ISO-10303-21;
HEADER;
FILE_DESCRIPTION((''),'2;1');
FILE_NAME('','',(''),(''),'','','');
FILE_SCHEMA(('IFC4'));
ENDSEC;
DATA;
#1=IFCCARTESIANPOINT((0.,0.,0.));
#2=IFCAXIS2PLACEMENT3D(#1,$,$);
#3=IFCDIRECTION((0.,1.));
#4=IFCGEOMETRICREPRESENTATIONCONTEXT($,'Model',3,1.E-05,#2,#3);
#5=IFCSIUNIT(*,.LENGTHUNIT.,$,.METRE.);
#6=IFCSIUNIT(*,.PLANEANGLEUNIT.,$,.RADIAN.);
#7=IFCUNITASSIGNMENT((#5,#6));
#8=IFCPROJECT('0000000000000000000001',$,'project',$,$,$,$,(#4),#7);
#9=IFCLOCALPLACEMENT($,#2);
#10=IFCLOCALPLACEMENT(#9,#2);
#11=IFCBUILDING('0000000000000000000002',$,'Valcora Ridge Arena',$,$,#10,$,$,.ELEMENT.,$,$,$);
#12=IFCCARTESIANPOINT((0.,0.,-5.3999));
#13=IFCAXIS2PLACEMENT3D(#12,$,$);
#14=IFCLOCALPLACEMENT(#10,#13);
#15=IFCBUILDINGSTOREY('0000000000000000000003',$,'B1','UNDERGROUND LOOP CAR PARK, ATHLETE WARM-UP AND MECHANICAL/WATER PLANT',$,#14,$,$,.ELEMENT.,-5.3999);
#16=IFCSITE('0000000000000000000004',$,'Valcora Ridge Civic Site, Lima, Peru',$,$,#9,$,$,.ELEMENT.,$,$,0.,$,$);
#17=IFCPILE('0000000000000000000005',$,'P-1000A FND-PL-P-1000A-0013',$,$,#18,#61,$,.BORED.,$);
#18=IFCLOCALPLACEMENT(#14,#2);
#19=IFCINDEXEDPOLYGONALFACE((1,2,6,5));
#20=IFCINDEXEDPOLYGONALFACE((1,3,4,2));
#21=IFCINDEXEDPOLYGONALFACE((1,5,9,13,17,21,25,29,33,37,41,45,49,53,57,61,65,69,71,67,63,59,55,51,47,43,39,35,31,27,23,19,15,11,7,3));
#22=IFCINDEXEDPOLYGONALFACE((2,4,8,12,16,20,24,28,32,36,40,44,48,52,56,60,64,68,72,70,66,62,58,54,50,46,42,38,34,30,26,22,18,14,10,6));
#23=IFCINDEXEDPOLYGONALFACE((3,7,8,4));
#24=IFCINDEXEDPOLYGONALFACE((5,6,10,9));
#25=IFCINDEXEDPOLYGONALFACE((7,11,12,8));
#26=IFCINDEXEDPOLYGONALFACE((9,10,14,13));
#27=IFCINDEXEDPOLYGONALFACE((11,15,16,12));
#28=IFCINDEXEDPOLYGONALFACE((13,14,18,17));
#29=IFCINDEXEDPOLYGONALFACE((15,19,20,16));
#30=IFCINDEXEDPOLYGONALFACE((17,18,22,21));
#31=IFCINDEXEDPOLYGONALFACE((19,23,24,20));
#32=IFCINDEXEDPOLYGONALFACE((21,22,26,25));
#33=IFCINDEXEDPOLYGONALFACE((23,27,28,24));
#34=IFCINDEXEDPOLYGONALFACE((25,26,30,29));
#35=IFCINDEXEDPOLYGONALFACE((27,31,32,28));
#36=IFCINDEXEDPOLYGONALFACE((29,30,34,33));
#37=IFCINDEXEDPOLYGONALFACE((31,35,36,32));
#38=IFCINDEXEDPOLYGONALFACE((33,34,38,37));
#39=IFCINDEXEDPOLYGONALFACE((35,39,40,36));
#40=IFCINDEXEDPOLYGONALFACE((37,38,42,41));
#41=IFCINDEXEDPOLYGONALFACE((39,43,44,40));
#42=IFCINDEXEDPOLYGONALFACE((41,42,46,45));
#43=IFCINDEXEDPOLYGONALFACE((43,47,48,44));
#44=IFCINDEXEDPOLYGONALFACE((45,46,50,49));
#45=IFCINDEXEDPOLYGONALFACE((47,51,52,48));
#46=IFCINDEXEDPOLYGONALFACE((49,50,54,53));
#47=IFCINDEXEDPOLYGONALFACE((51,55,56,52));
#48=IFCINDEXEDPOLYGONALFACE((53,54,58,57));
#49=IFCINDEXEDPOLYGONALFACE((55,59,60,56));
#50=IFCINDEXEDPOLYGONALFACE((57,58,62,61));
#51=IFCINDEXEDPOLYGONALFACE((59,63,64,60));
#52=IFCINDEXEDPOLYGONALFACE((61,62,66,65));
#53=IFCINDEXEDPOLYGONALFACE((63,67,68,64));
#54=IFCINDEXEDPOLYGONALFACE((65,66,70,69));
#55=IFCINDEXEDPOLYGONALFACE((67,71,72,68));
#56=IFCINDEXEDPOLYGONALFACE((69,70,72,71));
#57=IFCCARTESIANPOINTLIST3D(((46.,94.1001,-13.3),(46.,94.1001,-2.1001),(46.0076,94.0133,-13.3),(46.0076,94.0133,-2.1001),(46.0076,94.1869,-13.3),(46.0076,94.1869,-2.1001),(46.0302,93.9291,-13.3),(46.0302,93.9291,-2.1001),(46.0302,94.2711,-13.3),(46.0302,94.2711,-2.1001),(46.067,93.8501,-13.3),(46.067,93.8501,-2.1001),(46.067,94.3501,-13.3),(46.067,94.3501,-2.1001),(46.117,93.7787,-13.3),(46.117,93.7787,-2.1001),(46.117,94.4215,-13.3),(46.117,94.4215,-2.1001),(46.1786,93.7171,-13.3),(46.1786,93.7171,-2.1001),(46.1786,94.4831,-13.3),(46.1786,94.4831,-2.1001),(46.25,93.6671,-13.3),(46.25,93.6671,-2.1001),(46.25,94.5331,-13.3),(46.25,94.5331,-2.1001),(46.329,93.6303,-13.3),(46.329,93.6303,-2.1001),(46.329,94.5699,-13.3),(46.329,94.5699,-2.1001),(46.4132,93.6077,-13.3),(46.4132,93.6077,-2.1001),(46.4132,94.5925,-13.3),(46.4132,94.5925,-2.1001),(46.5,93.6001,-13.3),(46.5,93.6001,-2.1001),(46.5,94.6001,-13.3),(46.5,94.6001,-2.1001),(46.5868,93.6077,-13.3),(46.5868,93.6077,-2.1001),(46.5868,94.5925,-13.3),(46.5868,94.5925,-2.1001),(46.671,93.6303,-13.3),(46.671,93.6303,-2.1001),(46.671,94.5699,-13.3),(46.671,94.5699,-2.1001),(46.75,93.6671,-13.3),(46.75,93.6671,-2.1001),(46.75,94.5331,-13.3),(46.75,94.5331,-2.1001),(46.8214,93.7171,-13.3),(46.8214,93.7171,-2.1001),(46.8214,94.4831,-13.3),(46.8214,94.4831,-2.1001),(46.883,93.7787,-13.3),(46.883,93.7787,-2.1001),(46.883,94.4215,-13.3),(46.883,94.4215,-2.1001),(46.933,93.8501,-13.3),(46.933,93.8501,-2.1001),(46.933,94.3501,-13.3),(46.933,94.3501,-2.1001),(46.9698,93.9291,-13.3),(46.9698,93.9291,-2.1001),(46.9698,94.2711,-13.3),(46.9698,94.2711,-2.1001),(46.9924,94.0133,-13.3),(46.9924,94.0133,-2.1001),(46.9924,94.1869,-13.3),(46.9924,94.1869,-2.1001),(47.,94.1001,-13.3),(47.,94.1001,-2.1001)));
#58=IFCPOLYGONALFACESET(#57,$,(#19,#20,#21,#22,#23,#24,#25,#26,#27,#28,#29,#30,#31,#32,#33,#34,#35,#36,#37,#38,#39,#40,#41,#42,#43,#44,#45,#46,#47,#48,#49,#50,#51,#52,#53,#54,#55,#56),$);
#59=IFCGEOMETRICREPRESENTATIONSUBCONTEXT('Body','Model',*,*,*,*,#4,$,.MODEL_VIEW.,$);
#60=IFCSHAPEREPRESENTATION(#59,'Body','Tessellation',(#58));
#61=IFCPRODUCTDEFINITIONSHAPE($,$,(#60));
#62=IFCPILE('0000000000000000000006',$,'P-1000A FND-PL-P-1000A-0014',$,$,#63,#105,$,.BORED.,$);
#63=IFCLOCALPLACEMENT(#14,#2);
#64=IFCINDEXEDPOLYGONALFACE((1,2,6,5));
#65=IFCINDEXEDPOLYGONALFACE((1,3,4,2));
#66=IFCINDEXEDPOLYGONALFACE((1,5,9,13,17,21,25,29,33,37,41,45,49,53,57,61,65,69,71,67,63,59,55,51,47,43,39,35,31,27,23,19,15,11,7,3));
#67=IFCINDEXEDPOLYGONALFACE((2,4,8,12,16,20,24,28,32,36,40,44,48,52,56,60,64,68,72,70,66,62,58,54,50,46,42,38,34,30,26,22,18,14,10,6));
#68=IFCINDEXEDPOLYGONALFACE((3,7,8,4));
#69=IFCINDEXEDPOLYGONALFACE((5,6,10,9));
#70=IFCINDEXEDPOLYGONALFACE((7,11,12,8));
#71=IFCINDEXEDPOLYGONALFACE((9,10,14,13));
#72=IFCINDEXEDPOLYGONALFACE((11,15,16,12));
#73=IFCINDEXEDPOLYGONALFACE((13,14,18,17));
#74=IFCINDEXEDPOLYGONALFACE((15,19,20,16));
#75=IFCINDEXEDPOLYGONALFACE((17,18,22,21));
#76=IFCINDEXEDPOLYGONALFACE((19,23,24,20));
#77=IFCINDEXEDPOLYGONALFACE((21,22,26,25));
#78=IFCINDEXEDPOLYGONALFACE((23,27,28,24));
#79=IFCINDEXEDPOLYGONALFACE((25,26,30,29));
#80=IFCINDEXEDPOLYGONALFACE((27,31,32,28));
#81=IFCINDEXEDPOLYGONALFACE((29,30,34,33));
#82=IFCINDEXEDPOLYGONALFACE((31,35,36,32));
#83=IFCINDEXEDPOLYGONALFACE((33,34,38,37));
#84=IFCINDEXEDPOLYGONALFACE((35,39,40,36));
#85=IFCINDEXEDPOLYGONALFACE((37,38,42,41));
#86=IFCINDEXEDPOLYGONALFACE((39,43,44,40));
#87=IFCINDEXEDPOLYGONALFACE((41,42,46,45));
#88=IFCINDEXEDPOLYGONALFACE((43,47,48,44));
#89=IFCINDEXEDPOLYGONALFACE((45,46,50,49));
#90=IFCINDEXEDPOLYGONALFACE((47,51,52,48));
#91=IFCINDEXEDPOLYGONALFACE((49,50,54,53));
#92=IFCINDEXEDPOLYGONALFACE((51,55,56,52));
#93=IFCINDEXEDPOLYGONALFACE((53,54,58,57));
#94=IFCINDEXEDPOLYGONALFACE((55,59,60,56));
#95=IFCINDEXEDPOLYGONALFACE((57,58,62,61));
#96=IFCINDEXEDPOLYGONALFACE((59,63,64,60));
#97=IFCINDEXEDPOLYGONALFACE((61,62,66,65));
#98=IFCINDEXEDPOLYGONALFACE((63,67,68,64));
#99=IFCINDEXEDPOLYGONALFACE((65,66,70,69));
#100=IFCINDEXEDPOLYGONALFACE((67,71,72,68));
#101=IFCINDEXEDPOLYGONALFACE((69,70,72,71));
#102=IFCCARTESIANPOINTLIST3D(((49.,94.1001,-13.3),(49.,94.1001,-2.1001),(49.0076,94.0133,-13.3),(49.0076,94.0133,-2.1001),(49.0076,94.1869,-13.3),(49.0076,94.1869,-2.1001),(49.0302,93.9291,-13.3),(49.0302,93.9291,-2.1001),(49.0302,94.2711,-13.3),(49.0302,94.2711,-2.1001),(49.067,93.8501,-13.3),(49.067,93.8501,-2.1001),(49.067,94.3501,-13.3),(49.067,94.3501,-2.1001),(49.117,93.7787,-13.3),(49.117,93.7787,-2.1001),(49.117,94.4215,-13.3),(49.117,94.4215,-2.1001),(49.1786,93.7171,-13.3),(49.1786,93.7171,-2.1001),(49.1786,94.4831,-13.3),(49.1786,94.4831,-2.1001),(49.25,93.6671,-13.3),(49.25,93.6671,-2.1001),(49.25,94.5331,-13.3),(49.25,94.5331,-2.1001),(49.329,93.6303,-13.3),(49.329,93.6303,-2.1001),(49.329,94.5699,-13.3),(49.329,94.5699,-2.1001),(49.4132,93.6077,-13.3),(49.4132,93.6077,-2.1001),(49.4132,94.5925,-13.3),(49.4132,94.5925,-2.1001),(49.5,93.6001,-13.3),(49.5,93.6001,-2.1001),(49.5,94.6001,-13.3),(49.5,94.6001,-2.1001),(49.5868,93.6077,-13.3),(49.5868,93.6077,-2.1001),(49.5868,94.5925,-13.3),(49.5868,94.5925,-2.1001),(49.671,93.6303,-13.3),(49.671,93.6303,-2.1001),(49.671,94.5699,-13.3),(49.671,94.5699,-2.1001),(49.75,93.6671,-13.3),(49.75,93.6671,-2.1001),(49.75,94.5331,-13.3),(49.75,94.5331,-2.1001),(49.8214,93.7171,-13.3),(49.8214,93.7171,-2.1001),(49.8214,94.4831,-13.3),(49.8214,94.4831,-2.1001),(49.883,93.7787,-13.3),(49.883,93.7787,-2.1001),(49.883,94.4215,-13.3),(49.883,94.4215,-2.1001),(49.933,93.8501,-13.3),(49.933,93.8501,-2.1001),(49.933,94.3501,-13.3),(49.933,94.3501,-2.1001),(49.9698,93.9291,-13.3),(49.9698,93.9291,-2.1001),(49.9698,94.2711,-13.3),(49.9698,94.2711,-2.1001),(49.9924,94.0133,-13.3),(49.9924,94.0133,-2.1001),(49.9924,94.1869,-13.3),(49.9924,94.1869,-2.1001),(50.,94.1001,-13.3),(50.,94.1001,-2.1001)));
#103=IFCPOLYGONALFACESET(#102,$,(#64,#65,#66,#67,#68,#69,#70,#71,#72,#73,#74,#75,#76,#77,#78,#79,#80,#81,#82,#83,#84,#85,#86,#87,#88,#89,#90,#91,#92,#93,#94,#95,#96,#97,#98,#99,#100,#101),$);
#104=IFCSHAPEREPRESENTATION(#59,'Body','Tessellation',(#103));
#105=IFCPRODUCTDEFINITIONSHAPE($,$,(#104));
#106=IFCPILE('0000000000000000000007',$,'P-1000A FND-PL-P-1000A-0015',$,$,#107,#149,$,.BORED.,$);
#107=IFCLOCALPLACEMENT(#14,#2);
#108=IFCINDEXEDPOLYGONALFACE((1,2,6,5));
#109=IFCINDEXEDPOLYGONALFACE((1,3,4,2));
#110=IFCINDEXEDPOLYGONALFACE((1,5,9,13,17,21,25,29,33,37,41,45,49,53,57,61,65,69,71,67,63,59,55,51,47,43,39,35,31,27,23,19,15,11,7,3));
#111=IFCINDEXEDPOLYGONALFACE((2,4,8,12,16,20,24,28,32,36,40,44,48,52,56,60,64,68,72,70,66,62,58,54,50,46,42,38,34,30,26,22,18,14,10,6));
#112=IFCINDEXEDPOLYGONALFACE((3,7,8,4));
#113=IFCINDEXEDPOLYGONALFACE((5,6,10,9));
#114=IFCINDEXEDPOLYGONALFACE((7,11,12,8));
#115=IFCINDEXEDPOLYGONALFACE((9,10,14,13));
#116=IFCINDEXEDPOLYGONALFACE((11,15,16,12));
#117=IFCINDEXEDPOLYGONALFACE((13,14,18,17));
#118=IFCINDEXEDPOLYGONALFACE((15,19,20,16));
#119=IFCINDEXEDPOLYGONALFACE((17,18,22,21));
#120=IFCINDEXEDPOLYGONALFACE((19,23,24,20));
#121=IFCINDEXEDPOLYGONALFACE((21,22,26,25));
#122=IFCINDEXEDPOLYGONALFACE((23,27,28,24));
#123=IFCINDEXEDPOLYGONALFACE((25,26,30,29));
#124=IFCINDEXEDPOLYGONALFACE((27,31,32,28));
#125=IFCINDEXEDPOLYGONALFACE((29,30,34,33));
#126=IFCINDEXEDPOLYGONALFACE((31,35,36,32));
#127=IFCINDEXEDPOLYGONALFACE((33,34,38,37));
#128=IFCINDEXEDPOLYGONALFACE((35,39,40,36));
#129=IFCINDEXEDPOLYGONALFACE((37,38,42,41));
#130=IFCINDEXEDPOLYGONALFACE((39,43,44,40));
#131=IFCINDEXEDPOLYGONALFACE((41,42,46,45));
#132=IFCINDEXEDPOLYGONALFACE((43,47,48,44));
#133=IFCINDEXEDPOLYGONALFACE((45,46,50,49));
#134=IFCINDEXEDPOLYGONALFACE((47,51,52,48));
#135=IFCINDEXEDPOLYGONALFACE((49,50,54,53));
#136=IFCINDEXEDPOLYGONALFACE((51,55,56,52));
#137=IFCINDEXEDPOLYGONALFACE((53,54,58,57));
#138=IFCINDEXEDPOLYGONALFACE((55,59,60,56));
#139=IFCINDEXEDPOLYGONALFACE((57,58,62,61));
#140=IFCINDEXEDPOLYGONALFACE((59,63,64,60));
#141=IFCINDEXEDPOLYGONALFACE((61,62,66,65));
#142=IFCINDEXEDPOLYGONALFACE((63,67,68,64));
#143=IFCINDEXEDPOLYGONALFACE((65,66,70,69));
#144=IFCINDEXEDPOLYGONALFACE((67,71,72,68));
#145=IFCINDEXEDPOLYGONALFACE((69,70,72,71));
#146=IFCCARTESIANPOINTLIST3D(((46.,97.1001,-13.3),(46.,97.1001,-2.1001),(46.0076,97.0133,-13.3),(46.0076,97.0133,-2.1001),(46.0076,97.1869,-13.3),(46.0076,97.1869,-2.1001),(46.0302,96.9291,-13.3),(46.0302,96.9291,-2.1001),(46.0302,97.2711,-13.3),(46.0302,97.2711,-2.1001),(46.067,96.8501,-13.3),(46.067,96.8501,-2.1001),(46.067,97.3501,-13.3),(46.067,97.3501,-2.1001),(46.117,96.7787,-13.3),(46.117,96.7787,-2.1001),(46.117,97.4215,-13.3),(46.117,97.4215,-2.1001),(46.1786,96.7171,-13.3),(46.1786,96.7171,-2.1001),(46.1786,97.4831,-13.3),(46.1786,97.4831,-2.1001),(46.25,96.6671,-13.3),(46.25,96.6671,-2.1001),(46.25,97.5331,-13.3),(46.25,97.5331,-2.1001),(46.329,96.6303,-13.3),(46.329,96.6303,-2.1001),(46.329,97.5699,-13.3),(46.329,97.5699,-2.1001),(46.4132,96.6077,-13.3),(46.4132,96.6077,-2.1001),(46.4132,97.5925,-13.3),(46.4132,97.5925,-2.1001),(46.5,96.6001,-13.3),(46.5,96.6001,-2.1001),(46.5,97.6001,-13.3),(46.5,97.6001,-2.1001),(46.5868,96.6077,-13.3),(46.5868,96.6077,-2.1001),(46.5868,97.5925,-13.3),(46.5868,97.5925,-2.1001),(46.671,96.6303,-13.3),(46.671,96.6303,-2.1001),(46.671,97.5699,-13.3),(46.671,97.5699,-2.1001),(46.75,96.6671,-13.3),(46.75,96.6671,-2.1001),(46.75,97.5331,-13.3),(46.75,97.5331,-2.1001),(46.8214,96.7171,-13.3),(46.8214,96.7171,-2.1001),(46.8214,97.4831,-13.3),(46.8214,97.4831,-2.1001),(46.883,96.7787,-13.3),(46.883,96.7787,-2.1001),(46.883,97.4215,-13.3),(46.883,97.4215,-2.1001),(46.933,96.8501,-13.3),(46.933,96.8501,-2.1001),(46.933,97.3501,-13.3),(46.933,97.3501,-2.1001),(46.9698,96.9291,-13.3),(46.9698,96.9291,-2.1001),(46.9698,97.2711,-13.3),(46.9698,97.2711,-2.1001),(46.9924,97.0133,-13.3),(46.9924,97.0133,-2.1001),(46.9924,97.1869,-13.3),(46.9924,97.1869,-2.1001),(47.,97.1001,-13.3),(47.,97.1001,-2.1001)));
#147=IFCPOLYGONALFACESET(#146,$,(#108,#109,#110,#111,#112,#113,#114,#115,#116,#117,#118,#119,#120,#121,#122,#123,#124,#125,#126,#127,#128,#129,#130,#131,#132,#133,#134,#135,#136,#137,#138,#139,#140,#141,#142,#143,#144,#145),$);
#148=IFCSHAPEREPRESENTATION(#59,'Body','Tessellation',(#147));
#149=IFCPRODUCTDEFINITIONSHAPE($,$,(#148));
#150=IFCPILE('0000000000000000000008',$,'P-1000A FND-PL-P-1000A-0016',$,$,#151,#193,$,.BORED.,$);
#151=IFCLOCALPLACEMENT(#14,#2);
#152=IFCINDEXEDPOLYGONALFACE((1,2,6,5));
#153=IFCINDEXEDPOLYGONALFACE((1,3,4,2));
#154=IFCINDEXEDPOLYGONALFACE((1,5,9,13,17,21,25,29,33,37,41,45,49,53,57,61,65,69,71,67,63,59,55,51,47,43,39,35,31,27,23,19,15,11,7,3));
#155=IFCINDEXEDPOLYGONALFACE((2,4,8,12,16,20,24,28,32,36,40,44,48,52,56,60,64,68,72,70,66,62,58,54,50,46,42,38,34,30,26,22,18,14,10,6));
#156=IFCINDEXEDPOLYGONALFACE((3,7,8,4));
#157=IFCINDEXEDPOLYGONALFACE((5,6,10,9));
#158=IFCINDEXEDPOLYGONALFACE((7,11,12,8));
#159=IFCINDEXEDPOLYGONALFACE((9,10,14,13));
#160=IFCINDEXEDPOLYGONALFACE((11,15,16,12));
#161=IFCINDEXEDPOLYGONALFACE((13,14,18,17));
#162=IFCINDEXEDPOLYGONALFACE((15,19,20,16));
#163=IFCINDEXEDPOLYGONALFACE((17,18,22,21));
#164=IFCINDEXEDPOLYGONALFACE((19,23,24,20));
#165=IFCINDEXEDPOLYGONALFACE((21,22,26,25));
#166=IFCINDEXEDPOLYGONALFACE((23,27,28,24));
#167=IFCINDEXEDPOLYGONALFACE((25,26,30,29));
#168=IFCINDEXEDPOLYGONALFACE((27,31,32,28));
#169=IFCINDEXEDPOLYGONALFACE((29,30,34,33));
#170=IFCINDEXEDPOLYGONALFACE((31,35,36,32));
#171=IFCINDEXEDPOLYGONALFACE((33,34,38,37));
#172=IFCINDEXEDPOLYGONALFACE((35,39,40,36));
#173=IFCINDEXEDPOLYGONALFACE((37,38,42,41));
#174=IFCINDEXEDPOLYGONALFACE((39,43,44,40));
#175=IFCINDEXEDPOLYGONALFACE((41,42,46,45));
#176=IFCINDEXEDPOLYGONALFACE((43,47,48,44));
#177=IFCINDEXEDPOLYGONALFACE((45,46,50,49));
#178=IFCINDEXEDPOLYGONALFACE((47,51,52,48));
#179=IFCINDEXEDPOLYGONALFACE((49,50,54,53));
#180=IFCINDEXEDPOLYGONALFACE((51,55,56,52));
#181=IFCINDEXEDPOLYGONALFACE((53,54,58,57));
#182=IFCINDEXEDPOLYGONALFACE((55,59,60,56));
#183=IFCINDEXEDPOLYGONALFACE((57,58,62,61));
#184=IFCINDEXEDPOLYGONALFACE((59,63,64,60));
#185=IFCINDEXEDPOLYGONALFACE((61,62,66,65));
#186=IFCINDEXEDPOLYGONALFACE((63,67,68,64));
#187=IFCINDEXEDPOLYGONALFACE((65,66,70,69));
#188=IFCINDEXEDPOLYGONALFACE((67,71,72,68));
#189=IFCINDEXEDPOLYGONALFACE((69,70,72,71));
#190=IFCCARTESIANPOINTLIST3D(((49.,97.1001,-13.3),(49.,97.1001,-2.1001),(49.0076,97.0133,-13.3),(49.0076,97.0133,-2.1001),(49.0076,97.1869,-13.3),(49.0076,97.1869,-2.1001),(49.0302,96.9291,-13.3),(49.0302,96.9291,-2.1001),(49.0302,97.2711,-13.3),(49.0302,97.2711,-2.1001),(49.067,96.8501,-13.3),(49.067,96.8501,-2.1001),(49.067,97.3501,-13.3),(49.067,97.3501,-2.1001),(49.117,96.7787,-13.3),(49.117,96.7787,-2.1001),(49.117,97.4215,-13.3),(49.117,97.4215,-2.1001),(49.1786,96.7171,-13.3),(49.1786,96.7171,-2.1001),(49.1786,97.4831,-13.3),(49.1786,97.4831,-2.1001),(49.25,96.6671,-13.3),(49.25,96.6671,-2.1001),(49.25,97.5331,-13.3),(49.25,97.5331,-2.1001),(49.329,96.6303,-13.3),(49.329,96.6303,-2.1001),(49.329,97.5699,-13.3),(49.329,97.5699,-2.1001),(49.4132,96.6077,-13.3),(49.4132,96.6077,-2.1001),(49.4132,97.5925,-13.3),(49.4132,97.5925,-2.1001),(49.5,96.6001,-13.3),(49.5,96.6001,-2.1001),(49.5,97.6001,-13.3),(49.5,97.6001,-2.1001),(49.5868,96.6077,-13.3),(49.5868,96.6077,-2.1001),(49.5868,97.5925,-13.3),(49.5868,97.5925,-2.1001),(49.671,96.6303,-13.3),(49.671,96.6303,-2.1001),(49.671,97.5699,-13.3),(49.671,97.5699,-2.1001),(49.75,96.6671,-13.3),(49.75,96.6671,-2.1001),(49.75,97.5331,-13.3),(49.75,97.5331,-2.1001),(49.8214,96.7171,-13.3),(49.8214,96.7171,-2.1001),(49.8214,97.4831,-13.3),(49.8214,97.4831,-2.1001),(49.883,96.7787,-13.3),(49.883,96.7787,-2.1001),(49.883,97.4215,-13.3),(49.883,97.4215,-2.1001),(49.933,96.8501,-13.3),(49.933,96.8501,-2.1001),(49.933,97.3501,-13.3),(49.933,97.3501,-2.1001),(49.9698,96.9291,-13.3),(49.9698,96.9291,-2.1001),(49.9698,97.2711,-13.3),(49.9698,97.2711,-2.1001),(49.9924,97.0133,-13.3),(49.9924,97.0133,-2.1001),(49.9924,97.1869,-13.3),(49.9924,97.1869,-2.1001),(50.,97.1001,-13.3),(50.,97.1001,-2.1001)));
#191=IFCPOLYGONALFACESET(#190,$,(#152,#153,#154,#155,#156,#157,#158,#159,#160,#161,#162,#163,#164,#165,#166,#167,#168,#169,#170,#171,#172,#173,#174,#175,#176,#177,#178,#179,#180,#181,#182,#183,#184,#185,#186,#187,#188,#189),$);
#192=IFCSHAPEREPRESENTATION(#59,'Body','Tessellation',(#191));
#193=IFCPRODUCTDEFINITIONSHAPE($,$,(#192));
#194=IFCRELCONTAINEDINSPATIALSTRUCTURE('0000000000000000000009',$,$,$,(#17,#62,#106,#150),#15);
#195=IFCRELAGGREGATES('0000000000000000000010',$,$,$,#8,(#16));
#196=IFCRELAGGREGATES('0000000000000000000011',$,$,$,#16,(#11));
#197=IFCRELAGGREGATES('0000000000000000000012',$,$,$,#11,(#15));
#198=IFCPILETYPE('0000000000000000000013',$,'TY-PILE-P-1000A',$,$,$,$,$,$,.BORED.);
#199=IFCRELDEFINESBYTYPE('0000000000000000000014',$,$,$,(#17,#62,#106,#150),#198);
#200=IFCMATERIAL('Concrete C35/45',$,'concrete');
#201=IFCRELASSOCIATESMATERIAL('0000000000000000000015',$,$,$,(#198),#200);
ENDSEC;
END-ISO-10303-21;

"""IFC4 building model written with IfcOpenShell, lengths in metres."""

from ifc_helpers import new_model, si_unit, direction, frame, origin, origin_2d, place, context, subcontext, project, spatial, circle, extrude, material, material_profile, profile_set, type_object, element, save


model = new_model("IFC4")

# Units and contexts
model_context = context("Model", 3, precision=1e-05, world=origin(), true_north=direction((0.0, 1.0)))
body_context = subcontext(model_context, "Body", "Model", "MODEL_VIEW")
ifc_project = project(units=[si_unit("LENGTHUNIT", "METRE"), si_unit("PLANEANGLEUNIT", "RADIAN")], contexts=[model_context])

# Site, building, storey
site_placement = place(None, origin())
site = spatial("IfcSite", under=ifc_project, at=site_placement, Name="Valcora Ridge Civic Site, Lima, Peru", CompositionType="ELEMENT", RefElevation=0.0)
building_placement = place(site_placement, origin())
building = spatial("IfcBuilding", under=site, at=building_placement, Name="Valcora Ridge Arena", CompositionType="ELEMENT")
storey_placement = place(building_placement, frame((0.0, 0.0, -5.3999)))
storey = spatial("IfcBuildingStorey", under=building, at=storey_placement, Name="B1", Description="UNDERGROUND LOOP CAR PARK, ATHLETE WARM-UP AND MECHANICAL/WATER PLANT", CompositionType="ELEMENT", Elevation=-5.3999)

# Piles
ifc_material_1 = material(Name="Concrete C35/45", Category="concrete")
ifc_material_profile_1 = material_profile(ifc_material_1, circle(Radius=0.5, at=origin_2d()), Name="BORED PILE D1000")
ifc_profile_set_1 = profile_set([ifc_material_profile_1], Name="Concrete C35/45")
pile_type_1 = type_object("IfcPileType", Name="TY-PILE-P-1000A", PredefinedType="BORED", material=ifc_profile_set_1)
for number, where, z_axis, x_axis, name in (
    (1, (46.5, 94.1001, -2.1001), (0.0, 0.0, -1.0), (1.0, 0.0, 0.0), "P-1000A FND-PL-P-1000A-0013"),
    (2, (49.5, 94.1001, -2.1001), (0.0, 0.0, -1.0), (1.0, 0.0, 0.0), "P-1000A FND-PL-P-1000A-0014"),
    (3, (46.5, 97.1001, -2.1001), (0.0, 0.0, -1.0), (1.0, 0.0, 0.0), "P-1000A FND-PL-P-1000A-0015"),
    (4, (49.5, 97.1001, -2.1001), (0.0, 0.0, -1.0), (1.0, 0.0, 0.0), "P-1000A FND-PL-P-1000A-0016"),
):
    element("IfcPile", number, at=place(storey_placement, frame(where, z_axis=z_axis, x_axis=x_axis)), inside=storey, type_object=pile_type_1, Name=name, PredefinedType="BORED", context=body_context, shape_type="SweptSolid", body=[
        extrude(circle(Radius=0.5, at=origin_2d()), origin(), (0.0, 0.0, 1.0), 11.2),
    ])

save(model, "model.ifc")
